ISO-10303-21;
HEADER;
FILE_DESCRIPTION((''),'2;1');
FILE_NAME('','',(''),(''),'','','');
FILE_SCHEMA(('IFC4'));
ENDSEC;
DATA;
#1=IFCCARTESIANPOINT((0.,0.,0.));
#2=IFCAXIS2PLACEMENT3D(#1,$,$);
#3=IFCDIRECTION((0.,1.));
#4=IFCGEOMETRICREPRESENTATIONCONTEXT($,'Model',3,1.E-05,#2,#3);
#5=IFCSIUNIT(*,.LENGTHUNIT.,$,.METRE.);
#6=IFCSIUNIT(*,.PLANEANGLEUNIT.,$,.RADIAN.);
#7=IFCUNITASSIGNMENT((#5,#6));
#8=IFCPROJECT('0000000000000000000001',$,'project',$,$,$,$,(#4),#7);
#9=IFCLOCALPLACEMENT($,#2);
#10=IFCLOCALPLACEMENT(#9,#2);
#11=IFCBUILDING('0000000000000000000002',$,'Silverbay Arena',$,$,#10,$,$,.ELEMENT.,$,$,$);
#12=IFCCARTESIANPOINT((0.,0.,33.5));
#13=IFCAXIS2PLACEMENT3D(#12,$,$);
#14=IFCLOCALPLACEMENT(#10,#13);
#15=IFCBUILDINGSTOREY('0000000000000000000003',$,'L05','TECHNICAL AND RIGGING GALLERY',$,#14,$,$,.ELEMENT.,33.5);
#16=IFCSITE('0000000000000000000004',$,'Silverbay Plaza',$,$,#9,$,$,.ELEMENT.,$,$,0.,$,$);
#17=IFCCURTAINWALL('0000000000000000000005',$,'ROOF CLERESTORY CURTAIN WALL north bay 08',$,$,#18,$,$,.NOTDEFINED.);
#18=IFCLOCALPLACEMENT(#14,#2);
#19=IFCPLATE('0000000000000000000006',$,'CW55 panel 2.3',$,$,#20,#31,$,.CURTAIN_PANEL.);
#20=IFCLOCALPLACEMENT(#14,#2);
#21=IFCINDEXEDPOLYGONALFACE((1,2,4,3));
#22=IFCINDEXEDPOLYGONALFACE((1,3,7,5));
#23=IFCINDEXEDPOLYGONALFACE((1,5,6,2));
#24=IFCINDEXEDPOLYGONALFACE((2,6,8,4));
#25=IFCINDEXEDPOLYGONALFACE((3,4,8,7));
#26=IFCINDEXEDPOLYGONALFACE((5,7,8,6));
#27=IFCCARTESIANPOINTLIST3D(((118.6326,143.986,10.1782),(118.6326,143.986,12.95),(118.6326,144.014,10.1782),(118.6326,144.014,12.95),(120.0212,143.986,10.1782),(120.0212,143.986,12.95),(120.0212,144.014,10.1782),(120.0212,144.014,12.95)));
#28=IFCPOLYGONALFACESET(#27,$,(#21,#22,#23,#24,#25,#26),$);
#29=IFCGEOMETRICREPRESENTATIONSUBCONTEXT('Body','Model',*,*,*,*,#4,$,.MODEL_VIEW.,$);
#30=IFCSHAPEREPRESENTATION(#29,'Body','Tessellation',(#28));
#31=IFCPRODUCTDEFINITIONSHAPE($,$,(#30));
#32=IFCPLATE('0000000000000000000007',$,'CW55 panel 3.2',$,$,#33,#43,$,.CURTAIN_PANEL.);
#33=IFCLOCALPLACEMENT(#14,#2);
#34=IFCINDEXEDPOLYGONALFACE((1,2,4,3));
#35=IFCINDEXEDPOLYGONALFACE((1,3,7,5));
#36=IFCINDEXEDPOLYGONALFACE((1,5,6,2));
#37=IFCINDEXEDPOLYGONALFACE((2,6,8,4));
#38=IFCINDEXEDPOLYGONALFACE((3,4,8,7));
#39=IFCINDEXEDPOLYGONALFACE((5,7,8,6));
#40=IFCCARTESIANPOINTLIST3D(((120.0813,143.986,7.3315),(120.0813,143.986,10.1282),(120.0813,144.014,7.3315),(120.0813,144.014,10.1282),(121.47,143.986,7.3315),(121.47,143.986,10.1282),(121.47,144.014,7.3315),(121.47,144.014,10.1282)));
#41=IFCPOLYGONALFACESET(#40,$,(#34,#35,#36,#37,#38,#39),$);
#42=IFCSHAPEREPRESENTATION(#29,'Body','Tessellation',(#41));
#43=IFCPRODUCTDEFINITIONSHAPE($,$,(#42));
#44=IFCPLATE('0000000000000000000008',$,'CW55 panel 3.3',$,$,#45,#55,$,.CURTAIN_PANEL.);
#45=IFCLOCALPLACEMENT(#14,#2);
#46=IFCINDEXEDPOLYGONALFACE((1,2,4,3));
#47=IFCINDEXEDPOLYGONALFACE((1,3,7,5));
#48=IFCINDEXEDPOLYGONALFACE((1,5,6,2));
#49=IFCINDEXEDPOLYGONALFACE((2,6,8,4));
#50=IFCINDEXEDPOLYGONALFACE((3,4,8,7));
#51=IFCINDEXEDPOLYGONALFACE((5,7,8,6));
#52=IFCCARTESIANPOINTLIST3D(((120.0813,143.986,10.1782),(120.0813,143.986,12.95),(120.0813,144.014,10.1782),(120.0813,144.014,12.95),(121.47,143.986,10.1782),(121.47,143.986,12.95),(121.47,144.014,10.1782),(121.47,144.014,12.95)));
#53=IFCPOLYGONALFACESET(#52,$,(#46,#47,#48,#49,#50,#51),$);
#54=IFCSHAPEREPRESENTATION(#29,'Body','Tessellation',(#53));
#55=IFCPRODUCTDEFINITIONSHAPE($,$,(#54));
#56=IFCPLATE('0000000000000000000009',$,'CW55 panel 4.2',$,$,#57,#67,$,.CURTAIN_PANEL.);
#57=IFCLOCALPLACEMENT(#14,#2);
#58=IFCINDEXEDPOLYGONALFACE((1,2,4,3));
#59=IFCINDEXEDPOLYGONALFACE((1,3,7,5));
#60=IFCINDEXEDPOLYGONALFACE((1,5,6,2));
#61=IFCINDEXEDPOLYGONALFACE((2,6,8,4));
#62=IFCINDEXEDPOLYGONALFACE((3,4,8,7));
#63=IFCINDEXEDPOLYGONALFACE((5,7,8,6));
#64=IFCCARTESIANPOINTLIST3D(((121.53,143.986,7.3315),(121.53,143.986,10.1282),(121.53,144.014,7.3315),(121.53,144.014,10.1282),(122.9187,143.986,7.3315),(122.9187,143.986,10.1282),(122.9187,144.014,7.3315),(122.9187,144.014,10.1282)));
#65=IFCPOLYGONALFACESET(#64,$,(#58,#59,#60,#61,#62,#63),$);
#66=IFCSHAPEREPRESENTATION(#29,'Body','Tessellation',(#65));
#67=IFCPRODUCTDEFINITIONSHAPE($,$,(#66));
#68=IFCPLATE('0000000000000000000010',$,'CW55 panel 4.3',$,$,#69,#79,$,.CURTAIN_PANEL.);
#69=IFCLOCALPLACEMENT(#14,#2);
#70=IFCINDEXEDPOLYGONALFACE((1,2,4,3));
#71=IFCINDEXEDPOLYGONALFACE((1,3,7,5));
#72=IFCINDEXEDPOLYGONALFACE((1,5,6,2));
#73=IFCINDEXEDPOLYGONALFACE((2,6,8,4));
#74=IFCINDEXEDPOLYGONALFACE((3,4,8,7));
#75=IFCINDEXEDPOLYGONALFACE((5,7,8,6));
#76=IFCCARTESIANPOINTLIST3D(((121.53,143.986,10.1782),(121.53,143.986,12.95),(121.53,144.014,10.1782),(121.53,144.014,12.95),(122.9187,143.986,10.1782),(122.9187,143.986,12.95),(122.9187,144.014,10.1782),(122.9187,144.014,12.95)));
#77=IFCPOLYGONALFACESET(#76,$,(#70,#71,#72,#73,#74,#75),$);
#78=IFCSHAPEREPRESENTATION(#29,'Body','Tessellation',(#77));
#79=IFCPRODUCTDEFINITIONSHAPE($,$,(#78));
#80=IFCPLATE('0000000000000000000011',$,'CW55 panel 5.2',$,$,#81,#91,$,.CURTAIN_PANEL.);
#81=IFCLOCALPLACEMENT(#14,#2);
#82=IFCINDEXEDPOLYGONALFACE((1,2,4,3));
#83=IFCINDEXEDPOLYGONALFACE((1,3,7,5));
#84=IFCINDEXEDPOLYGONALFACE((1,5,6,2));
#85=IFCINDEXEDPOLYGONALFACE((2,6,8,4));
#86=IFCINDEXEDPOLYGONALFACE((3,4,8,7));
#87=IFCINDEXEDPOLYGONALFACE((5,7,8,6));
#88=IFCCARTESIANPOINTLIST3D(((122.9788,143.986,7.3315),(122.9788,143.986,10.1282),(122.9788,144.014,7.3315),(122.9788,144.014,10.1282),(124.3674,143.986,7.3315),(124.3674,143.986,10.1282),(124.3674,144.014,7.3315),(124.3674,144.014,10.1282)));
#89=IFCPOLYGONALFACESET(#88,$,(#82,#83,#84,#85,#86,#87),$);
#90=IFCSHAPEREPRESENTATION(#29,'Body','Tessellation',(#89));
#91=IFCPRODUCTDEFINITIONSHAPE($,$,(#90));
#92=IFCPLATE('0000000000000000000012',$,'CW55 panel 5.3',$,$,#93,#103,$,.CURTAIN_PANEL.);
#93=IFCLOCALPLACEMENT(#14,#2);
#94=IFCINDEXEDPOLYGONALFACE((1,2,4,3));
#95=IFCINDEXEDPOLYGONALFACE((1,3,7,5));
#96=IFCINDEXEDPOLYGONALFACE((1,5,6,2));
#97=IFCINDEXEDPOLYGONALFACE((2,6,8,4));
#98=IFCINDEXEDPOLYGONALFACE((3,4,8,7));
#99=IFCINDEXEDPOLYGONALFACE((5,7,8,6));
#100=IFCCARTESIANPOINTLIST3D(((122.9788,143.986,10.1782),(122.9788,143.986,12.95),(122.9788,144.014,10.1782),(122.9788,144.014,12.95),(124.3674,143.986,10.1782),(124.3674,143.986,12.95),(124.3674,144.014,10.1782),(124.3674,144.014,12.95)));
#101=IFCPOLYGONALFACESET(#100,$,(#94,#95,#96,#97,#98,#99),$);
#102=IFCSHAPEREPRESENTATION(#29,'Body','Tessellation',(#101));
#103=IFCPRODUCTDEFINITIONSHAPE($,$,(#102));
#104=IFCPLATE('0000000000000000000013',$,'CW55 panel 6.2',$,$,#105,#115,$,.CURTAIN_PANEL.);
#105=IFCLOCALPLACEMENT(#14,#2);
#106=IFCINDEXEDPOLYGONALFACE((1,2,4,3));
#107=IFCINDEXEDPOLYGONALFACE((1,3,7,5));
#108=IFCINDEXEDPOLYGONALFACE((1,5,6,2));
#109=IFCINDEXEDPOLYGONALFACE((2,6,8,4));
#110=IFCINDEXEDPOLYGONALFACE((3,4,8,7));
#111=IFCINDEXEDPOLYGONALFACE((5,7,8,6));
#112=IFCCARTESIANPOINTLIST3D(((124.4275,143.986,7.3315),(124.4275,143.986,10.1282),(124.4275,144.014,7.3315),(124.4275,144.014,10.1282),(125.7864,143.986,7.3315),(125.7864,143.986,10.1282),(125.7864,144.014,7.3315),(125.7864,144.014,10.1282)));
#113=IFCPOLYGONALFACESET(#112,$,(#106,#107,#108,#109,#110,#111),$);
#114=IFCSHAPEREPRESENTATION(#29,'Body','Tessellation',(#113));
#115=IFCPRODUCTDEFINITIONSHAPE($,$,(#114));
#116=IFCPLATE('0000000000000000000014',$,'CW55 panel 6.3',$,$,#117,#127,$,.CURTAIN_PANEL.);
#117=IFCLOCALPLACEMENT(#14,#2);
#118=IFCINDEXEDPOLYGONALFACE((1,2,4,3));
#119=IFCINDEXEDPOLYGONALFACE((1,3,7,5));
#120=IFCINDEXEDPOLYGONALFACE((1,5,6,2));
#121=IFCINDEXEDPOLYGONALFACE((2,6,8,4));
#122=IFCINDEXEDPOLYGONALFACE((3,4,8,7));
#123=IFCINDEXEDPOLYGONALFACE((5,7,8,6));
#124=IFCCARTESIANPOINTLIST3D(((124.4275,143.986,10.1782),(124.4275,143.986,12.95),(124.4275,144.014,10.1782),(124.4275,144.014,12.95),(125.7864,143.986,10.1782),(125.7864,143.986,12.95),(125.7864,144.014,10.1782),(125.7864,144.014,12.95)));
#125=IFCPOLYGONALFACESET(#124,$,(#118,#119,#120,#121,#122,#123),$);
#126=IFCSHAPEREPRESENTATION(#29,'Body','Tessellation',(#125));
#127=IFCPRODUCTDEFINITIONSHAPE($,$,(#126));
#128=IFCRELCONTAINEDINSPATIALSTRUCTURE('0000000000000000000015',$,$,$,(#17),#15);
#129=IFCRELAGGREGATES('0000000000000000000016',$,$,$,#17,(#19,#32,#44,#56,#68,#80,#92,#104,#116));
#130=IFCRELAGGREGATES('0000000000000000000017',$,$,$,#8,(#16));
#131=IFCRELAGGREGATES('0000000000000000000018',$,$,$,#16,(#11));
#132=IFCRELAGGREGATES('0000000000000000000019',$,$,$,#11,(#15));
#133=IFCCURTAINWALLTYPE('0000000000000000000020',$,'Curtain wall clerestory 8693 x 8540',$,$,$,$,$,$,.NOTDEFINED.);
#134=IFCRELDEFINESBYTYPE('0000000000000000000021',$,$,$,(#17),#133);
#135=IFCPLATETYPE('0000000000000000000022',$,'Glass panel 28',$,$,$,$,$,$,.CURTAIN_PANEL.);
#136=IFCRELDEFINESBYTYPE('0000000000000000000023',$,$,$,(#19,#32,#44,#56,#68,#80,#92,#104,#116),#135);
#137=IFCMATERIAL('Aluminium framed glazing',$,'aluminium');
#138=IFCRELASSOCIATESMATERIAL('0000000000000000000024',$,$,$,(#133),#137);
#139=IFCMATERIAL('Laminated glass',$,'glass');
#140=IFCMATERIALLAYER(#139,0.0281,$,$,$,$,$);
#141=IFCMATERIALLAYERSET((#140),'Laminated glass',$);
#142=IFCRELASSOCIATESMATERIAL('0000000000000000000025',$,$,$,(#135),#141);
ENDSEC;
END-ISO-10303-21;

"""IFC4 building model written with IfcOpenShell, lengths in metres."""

from ifc_helpers import new_model, si_unit, direction, frame, origin, origin_2d, place, context, subcontext, project, spatial, rectangle, extrude, material, layer, layer_set, type_object, element, aggregate, save


model = new_model("IFC4")

# Units and contexts
model_context = context("Model", 3, precision=1e-05, world=origin(), true_north=direction((0.0, 1.0)))
body_context = subcontext(model_context, "Body", "Model", "MODEL_VIEW")
ifc_project = project(units=[si_unit("LENGTHUNIT", "METRE"), si_unit("PLANEANGLEUNIT", "RADIAN")], contexts=[model_context])

# Site, building, storey
site_placement = place(None, origin())
site = spatial("IfcSite", under=ifc_project, at=site_placement, Name="Silverbay Plaza", CompositionType="ELEMENT", RefElevation=0.0)
building_placement = place(site_placement, origin())
building = spatial("IfcBuilding", under=site, at=building_placement, Name="Silverbay Arena", CompositionType="ELEMENT")
storey_placement = place(building_placement, frame((0.0, 0.0, 33.5)))
storey = spatial("IfcBuildingStorey", under=building, at=storey_placement, Name="L05", Description="TECHNICAL AND RIGGING GALLERY", CompositionType="ELEMENT", Elevation=33.5)

# Curtain wall, plates
ifc_material_1 = material(Name="Aluminium framed glazing", Category="aluminium")
curtain_wall_type = type_object("IfcCurtainWallType", Name="Curtain wall clerestory 8693 x 8540", PredefinedType="NOTDEFINED", material=ifc_material_1)
curtain_wall_placement = place(storey_placement, origin())
curtain_wall = element("IfcCurtainWall", 1, at=curtain_wall_placement, inside=storey, type_object=curtain_wall_type, Name="ROOF CLERESTORY CURTAIN WALL north bay 08", PredefinedType="NOTDEFINED")
ifc_material_2 = material(Name="Laminated glass", Category="glass")
ifc_layer = layer(ifc_material_2, 0.0281)
ifc_layer_set = layer_set([ifc_layer], Name="Laminated glass")
plate_type = type_object("IfcPlateType", Name="Glass panel 28", PredefinedType="CURTAIN_PANEL", material=ifc_layer_set)
plate_1_placement = place(storey_placement, frame((119.3269, 144.0, 10.1782), z_axis=(0.0, 0.0, 1.0), x_axis=(1.0, 0.0, 0.0)))
plate_1 = element("IfcPlate", 2, at=plate_1_placement, type_object=plate_type, Name="CW55 panel 2.3", PredefinedType="CURTAIN_PANEL", context=body_context, shape_type="SweptSolid", body=[
    extrude(rectangle(XDim=1.3887, YDim=0.0281, at=origin_2d()), origin(), (0.0, 0.0, 1.0), 2.7717),
])
plate_2_placement = place(storey_placement, frame((120.7756, 144.0, 7.3315), z_axis=(0.0, 0.0, 1.0), x_axis=(1.0, 0.0, 0.0)))
plate_2 = element("IfcPlate", 3, at=plate_2_placement, type_object=plate_type, Name="CW55 panel 3.2", PredefinedType="CURTAIN_PANEL", context=body_context, shape_type="SweptSolid", body=[
    extrude(rectangle(XDim=1.3887, YDim=0.0281, at=origin_2d()), origin(), (0.0, 0.0, 1.0), 2.7966),
])
plate_3_placement = place(storey_placement, frame((120.7756, 144.0, 10.1782), z_axis=(0.0, 0.0, 1.0), x_axis=(1.0, 0.0, 0.0)))
plate_3 = element("IfcPlate", 4, at=plate_3_placement, type_object=plate_type, Name="CW55 panel 3.3", PredefinedType="CURTAIN_PANEL", context=body_context, shape_type="SweptSolid", body=[
    extrude(rectangle(XDim=1.3887, YDim=0.0281, at=origin_2d()), origin(), (0.0, 0.0, 1.0), 2.7717),
])
plate_4_placement = place(storey_placement, frame((122.2244, 144.0, 7.3315), z_axis=(0.0, 0.0, 1.0), x_axis=(1.0, 0.0, 0.0)))
plate_4 = element("IfcPlate", 5, at=plate_4_placement, type_object=plate_type, Name="CW55 panel 4.2", PredefinedType="CURTAIN_PANEL", context=body_context, shape_type="SweptSolid", body=[
    extrude(rectangle(XDim=1.3887, YDim=0.0281, at=origin_2d()), origin(), (0.0, 0.0, 1.0), 2.7966),
])
plate_5_placement = place(storey_placement, frame((122.2244, 144.0, 10.1782), z_axis=(0.0, 0.0, 1.0), x_axis=(1.0, 0.0, 0.0)))
plate_5 = element("IfcPlate", 6, at=plate_5_placement, type_object=plate_type, Name="CW55 panel 4.3", PredefinedType="CURTAIN_PANEL", context=body_context, shape_type="SweptSolid", body=[
    extrude(rectangle(XDim=1.3887, YDim=0.0281, at=origin_2d()), origin(), (0.0, 0.0, 1.0), 2.7717),
])
plate_6_placement = place(storey_placement, frame((123.6731, 144.0, 7.3315), z_axis=(0.0, 0.0, 1.0), x_axis=(1.0, 0.0, 0.0)))
plate_6 = element("IfcPlate", 7, at=plate_6_placement, type_object=plate_type, Name="CW55 panel 5.2", PredefinedType="CURTAIN_PANEL", context=body_context, shape_type="SweptSolid", body=[
    extrude(rectangle(XDim=1.3887, YDim=0.0281, at=origin_2d()), origin(), (0.0, 0.0, 1.0), 2.7966),
])
plate_7_placement = place(storey_placement, frame((123.6731, 144.0, 10.1782), z_axis=(0.0, 0.0, 1.0), x_axis=(1.0, 0.0, 0.0)))
plate_7 = element("IfcPlate", 8, at=plate_7_placement, type_object=plate_type, Name="CW55 panel 5.3", PredefinedType="CURTAIN_PANEL", context=body_context, shape_type="SweptSolid", body=[
    extrude(rectangle(XDim=1.3887, YDim=0.0281, at=origin_2d()), origin(), (0.0, 0.0, 1.0), 2.7717),
])
plate_8_placement = place(storey_placement, frame((125.1069, 144.0, 7.3315), z_axis=(0.0, 0.0, 1.0), x_axis=(1.0, 0.0, 0.0)))
plate_8 = element("IfcPlate", 9, at=plate_8_placement, type_object=plate_type, Name="CW55 panel 6.2", PredefinedType="CURTAIN_PANEL", context=body_context, shape_type="SweptSolid", body=[
    extrude(rectangle(XDim=1.3589, YDim=0.0281, at=origin_2d()), origin(), (0.0, 0.0, 1.0), 2.7966),
])
plate_9_placement = place(storey_placement, frame((125.1069, 144.0, 10.1782), z_axis=(0.0, 0.0, 1.0), x_axis=(1.0, 0.0, 0.0)))
plate_9 = element("IfcPlate", 10, at=plate_9_placement, type_object=plate_type, Name="CW55 panel 6.3", PredefinedType="CURTAIN_PANEL", context=body_context, shape_type="SweptSolid", body=[
    extrude(rectangle(XDim=1.3589, YDim=0.0281, at=origin_2d()), origin(), (0.0, 0.0, 1.0), 2.7717),
])
aggregate(curtain_wall, [plate_1, plate_2, plate_3, plate_4, plate_5, plate_6, plate_7, plate_8, plate_9])

save(model, "model.ifc")
